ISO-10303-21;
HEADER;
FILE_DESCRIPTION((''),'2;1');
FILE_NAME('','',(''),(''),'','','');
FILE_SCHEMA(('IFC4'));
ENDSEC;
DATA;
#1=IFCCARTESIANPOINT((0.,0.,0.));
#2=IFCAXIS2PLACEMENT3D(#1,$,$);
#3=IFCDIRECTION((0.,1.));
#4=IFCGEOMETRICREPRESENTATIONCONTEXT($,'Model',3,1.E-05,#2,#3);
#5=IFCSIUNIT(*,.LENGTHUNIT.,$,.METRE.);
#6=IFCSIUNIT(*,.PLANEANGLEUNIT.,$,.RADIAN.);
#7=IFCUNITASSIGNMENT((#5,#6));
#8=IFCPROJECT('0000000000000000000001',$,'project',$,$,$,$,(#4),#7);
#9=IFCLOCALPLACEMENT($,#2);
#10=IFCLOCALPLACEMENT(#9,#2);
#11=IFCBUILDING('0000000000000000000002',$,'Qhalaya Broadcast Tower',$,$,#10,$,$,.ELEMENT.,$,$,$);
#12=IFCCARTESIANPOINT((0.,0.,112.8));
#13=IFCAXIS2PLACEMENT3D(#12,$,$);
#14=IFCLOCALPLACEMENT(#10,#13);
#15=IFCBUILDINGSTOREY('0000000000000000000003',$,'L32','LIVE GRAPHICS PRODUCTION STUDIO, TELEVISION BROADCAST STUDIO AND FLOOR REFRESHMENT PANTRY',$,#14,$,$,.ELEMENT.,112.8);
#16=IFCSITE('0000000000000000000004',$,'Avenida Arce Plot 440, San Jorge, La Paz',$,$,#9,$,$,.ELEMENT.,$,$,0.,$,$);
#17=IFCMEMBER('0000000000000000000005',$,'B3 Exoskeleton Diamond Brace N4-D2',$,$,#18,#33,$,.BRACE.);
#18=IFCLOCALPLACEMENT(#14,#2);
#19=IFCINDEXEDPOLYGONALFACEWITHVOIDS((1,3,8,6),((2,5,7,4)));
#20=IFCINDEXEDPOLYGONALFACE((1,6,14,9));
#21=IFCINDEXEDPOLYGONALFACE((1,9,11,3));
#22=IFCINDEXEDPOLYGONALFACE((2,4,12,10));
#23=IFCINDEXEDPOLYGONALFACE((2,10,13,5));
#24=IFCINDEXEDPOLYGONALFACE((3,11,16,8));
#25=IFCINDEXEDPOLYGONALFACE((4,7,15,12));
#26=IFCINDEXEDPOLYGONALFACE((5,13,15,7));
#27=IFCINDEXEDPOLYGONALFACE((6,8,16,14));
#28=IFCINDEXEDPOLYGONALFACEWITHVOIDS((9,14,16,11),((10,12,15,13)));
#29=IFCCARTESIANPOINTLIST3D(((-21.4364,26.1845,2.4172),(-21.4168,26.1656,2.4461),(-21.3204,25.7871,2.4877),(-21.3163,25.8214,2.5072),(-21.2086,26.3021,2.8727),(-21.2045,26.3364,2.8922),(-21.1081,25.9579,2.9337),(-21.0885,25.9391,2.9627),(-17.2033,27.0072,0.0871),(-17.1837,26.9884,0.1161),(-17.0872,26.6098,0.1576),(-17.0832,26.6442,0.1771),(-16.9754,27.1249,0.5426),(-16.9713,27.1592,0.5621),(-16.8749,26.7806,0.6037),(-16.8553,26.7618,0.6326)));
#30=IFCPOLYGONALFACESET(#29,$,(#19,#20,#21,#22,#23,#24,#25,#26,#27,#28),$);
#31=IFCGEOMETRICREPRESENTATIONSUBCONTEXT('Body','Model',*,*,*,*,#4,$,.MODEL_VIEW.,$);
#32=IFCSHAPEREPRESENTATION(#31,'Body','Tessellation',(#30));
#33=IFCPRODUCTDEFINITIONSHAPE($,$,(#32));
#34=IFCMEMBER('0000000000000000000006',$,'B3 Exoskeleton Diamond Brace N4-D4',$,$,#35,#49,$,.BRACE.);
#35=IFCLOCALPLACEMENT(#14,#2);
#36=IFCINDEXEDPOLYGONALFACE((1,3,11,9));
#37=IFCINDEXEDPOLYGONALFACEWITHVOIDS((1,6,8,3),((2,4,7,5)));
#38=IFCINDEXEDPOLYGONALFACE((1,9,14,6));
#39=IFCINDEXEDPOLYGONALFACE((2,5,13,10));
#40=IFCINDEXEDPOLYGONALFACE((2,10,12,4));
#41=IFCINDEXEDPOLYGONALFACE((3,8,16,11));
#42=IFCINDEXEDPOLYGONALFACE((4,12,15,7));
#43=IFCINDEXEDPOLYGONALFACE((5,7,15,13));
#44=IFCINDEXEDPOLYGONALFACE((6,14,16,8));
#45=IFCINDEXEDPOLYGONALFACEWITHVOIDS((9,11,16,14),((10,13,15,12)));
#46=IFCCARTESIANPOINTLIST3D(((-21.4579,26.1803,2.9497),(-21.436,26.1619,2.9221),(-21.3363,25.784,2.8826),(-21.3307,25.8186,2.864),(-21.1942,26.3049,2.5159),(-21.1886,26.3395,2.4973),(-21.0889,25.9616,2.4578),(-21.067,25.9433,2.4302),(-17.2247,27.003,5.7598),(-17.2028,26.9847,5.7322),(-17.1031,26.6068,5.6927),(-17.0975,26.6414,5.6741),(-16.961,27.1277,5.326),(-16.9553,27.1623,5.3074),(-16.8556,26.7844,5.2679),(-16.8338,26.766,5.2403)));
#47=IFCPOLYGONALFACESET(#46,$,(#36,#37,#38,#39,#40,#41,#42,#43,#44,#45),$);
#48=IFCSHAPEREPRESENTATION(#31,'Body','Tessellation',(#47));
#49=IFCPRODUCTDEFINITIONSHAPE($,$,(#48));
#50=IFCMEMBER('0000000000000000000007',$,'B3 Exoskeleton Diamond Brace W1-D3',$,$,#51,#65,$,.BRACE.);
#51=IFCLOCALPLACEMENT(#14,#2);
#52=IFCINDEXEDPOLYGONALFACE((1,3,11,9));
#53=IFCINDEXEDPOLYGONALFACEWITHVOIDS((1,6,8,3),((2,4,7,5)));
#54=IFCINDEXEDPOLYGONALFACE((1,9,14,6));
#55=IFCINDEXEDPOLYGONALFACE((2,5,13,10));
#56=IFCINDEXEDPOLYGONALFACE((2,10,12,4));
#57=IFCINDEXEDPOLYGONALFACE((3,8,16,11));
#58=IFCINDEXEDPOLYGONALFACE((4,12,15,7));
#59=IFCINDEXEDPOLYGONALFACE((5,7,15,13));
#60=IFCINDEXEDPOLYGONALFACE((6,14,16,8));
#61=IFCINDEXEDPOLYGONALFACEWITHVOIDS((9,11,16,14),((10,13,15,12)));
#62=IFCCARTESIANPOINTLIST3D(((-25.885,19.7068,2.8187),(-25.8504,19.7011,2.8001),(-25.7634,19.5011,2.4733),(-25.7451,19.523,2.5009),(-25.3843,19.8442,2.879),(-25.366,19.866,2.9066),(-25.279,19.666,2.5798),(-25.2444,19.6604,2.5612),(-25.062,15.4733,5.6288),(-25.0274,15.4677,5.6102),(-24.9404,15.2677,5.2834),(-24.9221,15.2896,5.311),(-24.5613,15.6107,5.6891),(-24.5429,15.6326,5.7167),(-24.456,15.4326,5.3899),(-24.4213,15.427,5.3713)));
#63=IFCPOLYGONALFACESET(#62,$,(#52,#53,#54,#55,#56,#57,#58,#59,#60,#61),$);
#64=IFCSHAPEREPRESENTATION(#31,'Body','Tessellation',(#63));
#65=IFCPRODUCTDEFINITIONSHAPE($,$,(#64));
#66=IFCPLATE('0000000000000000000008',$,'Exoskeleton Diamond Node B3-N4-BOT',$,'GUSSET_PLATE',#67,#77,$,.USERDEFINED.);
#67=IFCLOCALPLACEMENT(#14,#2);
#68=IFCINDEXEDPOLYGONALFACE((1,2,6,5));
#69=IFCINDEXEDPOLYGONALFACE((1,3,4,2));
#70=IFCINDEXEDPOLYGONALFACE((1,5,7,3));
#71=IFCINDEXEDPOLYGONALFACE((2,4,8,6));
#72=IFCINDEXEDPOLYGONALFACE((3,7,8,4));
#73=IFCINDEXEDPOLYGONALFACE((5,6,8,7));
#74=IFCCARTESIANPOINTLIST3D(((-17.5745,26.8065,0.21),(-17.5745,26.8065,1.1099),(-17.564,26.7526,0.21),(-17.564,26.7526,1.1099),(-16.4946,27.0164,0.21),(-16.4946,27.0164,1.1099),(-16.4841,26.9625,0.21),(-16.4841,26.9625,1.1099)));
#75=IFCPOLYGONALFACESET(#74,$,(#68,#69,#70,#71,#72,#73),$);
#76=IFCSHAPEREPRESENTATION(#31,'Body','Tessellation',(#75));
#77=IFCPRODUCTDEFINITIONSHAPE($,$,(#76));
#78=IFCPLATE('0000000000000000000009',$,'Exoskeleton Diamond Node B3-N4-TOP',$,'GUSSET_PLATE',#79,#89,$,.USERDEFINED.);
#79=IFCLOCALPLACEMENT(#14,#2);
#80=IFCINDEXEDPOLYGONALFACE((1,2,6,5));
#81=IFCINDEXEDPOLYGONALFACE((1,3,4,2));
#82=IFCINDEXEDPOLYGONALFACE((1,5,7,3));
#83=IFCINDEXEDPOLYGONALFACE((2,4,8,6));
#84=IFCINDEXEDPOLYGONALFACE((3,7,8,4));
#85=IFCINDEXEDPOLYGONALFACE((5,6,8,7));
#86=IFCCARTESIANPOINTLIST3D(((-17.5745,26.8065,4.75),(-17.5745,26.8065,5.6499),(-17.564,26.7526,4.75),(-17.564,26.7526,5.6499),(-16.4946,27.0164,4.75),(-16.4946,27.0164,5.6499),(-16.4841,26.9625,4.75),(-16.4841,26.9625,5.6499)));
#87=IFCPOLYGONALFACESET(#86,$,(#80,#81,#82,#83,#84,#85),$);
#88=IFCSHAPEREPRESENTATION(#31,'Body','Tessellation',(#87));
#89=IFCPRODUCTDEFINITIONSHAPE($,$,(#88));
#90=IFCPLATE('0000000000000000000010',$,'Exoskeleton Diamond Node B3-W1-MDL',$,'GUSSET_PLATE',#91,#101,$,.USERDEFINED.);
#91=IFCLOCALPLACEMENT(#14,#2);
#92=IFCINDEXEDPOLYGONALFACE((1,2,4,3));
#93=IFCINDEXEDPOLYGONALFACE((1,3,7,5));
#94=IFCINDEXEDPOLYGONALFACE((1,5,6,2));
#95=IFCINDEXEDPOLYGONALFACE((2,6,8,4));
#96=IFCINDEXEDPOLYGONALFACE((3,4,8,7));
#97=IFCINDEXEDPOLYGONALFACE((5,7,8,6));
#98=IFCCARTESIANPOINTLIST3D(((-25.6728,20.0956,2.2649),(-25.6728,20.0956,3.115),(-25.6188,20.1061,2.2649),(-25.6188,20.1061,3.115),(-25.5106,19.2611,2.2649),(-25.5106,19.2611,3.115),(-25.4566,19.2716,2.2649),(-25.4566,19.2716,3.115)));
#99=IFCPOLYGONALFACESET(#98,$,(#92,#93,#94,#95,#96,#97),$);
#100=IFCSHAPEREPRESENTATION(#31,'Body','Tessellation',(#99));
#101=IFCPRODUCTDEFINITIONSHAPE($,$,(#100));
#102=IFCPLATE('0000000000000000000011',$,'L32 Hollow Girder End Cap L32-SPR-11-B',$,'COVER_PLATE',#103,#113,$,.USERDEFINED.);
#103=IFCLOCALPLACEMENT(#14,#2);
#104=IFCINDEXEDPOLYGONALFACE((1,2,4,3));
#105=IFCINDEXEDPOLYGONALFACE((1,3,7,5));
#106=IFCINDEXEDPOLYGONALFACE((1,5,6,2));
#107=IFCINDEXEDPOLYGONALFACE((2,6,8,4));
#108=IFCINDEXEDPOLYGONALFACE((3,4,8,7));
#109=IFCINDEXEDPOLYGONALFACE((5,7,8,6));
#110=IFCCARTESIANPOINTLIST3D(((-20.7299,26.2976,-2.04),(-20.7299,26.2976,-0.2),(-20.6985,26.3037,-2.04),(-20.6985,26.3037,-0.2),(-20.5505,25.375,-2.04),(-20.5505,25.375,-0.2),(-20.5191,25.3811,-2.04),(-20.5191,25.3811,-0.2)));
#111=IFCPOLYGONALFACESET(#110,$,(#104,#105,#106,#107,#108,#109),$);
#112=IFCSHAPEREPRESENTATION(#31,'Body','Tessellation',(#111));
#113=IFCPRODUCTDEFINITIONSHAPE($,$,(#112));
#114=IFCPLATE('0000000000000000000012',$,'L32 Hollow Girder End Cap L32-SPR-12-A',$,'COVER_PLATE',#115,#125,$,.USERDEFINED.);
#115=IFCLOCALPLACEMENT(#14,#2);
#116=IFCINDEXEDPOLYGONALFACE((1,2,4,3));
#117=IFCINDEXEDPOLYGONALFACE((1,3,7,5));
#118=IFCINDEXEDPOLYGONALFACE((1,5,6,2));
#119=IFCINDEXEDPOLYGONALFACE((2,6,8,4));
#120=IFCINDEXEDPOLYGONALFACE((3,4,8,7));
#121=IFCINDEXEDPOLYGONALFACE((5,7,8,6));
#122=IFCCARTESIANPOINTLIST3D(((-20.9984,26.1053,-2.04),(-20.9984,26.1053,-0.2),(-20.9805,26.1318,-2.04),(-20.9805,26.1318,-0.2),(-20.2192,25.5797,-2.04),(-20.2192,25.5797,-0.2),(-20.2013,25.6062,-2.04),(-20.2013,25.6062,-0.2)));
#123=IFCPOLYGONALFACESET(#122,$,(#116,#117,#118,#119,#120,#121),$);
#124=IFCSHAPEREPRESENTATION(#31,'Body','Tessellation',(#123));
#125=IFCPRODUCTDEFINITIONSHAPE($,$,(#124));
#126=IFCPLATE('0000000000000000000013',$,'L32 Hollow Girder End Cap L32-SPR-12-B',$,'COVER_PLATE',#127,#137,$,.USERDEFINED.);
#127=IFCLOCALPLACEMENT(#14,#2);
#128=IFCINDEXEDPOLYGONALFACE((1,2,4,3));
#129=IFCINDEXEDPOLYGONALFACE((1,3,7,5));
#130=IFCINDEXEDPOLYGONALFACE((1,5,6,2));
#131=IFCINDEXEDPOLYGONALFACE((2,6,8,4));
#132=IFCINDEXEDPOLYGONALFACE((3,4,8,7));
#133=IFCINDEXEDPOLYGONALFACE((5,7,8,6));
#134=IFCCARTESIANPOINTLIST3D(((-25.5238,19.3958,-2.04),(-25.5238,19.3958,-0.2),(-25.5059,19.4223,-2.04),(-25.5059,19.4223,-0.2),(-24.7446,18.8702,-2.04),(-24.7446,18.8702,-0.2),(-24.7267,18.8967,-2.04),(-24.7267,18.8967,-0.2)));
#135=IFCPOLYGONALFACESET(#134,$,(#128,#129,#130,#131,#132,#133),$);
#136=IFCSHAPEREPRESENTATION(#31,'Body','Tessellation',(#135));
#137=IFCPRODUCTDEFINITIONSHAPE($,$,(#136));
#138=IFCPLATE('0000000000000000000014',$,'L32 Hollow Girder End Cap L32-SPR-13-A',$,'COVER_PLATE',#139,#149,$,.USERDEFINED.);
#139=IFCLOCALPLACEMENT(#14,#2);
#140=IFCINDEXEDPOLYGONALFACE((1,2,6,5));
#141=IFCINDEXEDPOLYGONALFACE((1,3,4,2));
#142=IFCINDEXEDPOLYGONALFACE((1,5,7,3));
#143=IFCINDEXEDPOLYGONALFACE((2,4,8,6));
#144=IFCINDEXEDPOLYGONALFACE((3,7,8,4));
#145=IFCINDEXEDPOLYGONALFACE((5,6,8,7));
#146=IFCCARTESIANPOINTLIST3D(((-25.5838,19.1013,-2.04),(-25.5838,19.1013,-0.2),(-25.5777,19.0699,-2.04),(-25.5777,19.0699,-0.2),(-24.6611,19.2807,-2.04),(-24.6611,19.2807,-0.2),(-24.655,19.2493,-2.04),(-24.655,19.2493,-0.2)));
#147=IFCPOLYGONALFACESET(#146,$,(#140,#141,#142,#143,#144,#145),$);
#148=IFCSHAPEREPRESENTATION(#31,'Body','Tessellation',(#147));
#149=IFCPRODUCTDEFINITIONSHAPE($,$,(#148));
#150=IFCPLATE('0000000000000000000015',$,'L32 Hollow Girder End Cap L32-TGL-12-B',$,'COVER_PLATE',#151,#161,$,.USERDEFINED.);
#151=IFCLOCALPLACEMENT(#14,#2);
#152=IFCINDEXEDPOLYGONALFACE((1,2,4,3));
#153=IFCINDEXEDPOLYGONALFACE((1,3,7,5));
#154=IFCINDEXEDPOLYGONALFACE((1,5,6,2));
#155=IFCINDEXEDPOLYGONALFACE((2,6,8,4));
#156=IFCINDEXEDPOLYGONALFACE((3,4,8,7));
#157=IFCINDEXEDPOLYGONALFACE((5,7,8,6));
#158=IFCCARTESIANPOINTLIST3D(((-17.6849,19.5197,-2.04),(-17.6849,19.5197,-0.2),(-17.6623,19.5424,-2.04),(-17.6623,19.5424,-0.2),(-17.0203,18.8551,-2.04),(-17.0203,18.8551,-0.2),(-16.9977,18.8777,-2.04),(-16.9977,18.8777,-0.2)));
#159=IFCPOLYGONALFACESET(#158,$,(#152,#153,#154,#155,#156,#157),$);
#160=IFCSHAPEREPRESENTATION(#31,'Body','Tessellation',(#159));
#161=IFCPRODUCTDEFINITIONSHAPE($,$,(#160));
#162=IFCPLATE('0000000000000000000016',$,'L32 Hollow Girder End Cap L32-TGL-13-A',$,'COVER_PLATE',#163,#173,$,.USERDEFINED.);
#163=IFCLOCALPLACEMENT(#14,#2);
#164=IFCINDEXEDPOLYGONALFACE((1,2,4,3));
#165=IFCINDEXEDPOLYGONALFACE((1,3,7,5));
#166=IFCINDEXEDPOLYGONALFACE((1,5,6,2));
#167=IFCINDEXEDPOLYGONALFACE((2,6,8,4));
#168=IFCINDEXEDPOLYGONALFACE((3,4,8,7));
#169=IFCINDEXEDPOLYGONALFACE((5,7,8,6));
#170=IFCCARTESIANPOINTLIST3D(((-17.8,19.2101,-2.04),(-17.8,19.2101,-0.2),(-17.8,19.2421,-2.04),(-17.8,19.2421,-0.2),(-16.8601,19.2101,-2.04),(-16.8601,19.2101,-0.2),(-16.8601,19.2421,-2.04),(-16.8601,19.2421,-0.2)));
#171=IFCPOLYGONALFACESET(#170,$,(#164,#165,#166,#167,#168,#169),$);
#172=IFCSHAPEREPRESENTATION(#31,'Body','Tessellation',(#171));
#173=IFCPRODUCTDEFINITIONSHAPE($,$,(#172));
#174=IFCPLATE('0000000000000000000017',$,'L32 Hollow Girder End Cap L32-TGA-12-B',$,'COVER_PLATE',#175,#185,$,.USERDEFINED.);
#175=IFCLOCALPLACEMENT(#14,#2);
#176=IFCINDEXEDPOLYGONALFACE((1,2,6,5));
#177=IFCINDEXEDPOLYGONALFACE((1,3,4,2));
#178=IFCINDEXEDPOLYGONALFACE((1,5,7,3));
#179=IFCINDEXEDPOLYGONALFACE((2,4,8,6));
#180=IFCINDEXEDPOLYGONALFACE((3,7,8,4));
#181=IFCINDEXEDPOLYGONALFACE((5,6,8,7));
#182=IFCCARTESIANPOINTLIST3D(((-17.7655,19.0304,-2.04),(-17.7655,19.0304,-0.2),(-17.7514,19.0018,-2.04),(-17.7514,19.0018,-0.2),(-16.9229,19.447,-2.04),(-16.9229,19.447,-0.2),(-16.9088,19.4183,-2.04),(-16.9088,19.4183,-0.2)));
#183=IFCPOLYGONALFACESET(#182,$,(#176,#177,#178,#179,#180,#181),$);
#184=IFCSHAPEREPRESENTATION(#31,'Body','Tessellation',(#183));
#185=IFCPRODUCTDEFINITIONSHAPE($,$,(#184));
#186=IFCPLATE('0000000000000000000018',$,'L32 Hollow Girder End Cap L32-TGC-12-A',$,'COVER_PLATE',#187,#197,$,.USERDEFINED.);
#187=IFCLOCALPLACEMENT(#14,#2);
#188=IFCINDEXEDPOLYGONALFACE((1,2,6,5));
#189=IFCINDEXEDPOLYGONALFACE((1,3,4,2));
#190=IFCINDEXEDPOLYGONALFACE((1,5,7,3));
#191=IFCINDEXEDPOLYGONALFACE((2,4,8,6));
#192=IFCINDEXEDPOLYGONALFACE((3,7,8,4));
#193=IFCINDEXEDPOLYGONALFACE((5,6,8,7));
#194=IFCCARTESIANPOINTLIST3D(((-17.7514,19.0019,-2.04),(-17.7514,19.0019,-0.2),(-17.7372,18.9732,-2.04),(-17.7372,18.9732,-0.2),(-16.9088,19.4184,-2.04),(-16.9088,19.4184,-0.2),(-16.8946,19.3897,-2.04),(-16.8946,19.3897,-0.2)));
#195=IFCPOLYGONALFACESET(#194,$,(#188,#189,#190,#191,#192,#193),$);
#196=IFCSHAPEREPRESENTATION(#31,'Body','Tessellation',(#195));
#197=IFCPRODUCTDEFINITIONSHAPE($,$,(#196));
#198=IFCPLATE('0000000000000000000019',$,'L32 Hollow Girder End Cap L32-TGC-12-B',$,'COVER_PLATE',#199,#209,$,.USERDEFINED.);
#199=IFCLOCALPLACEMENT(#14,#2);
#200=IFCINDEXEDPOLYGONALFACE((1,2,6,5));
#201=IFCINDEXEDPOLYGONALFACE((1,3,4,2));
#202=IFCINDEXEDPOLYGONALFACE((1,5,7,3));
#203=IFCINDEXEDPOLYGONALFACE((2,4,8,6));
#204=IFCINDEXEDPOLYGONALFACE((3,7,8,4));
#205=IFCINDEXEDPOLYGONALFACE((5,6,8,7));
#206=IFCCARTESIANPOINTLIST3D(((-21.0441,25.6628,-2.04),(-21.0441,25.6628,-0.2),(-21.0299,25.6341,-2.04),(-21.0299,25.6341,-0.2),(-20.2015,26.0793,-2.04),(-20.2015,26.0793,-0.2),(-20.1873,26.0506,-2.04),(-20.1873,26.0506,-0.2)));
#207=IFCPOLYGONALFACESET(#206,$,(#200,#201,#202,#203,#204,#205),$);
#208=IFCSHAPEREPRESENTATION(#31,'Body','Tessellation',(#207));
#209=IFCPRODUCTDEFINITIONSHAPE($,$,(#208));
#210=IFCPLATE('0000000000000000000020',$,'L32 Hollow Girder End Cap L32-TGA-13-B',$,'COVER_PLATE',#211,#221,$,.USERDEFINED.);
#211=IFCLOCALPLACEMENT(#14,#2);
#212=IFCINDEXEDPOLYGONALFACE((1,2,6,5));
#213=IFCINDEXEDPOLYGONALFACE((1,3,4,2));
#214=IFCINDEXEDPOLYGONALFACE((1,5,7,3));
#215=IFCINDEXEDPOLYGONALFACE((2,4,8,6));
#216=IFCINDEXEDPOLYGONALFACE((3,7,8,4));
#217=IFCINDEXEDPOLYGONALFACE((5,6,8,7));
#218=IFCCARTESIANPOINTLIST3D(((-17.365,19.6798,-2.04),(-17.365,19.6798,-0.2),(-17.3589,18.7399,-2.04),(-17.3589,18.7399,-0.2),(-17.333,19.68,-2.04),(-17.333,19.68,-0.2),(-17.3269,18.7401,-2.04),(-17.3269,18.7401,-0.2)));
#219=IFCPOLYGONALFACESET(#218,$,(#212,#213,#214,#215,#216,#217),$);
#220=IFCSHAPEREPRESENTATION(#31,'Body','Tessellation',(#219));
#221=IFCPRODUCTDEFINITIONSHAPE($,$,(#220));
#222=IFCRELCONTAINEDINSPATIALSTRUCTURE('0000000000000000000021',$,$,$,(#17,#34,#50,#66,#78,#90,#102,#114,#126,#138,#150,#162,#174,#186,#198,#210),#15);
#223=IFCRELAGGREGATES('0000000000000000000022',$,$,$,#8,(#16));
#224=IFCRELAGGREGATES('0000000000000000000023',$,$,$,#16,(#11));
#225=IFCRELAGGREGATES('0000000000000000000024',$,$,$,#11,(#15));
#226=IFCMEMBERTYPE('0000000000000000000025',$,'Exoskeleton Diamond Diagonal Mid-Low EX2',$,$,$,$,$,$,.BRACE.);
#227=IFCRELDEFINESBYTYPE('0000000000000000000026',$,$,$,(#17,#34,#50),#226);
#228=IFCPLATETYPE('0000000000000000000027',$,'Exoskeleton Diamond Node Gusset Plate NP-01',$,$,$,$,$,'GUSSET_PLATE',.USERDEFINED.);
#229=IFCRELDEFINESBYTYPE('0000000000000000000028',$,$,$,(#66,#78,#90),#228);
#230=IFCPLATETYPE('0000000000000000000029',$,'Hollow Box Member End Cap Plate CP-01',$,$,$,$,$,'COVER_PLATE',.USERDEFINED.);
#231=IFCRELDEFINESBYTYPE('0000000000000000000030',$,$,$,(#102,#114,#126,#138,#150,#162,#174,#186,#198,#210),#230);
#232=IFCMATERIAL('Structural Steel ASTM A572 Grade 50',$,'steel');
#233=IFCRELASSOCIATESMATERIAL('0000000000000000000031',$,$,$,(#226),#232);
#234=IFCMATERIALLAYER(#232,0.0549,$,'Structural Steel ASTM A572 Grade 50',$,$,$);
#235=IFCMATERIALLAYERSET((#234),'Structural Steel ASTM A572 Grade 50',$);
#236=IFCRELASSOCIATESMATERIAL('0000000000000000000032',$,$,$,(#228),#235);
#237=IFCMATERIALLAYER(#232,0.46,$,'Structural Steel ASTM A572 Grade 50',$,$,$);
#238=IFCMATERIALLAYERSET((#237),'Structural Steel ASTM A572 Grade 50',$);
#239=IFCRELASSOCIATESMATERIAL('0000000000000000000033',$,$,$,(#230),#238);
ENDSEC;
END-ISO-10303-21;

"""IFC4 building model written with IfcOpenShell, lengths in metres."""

from ifc_helpers import new_model, si_unit, direction, frame, origin, origin_2d, place, context, subcontext, project, spatial, rectangle, hollow_rectangle, extrude, material, layer, layer_set, material_profile, profile_set, type_object, element, save


model = new_model("IFC4")

# Units and contexts
model_context = context("Model", 3, precision=1e-05, world=origin(), true_north=direction((0.0, 1.0)))
body_context = subcontext(model_context, "Body", "Model", "MODEL_VIEW")
ifc_project = project(units=[si_unit("LENGTHUNIT", "METRE"), si_unit("PLANEANGLEUNIT", "RADIAN")], contexts=[model_context])

# Site, building, storey
site_placement = place(None, origin())
site = spatial("IfcSite", under=ifc_project, at=site_placement, Name="Avenida Arce Plot 440, San Jorge, La Paz", CompositionType="ELEMENT", RefElevation=0.0)
building_placement = place(site_placement, origin())
building = spatial("IfcBuilding", under=site, at=building_placement, Name="Qhalaya Broadcast Tower", CompositionType="ELEMENT")
storey_placement = place(building_placement, frame((0.0, 0.0, 112.8)))
storey = spatial("IfcBuildingStorey", under=building, at=storey_placement, Name="L32", Description="LIVE GRAPHICS PRODUCTION STUDIO, TELEVISION BROADCAST STUDIO AND FLOOR REFRESHMENT PANTRY", CompositionType="ELEMENT", Elevation=112.8)

# Shared definitions
ifc_material_1 = material(Name="Structural Steel ASTM A572 Grade 50", Category="steel")

# Members
ifc_material_profile_1 = material_profile(ifc_material_1, hollow_rectangle(XDim=0.4199, YDim=0.55, WallThickness=0.0281, at=origin_2d()), Name="BOX 420x550x28")
ifc_profile_set_1 = profile_set([ifc_material_profile_1], Name="Structural Steel ASTM A572 Grade 50")
member_type = type_object("IfcMemberType", Name="Exoskeleton Diamond Diagonal Mid-Low EX2", PredefinedType="BRACE", material=ifc_profile_set_1)
member_1_placement = place(storey_placement, frame((-17.0293, 26.8845, 0.3599), z_axis=(-0.863625, -0.167854, 0.47537), x_axis=(0.276323, -0.94629, 0.167871)))
element("IfcMember", 1, at=member_1_placement, inside=storey, type_object=member_type, Name="B3 Exoskeleton Diamond Brace N4-D2", PredefinedType="BRACE", context=body_context, shape_type="SweptSolid", body=[
    extrude(hollow_rectangle(XDim=0.4199, YDim=0.55, WallThickness=0.0281, at=origin_2d()), origin(), (0.0, 0.0, 1.0), 4.9016),
])
member_2_placement = place(storey_placement, frame((-21.2625, 26.0618, 2.6899), z_axis=(0.82243, 0.159847, 0.545947), x_axis=(-0.289542, 0.943721, 0.159864)))
element("IfcMember", 2, at=member_2_placement, inside=storey, type_object=member_type, Name="B3 Exoskeleton Diamond Brace N4-D4", PredefinedType="BRACE", context=body_context, shape_type="SweptSolid", body=[
    extrude(hollow_rectangle(XDim=0.4199, YDim=0.55, WallThickness=0.0281, at=origin_2d()), origin(), (0.0, 0.0, 1.0), 5.1472),
])
member_3_placement = place(storey_placement, frame((-25.5647, 19.6836, 2.6899), z_axis=(0.159887, -0.822439, 0.545921), x_axis=(-0.289568, 0.48963, 0.822443)))
element("IfcMember", 3, at=member_3_placement, inside=storey, type_object=member_type, Name="B3 Exoskeleton Diamond Brace W1-D3", PredefinedType="BRACE", context=body_context, shape_type="SweptSolid", body=[
    extrude(hollow_rectangle(XDim=0.4199, YDim=0.55, WallThickness=0.0281, at=origin_2d()), origin(), (0.0, 0.0, 1.0), 5.1475),
])

# Plates
ifc_layer_1 = layer(ifc_material_1, 0.0549, Name="Structural Steel ASTM A572 Grade 50")
ifc_layer_set_1 = layer_set([ifc_layer_1], Name="Structural Steel ASTM A572 Grade 50")
plate_type_1 = type_object("IfcPlateType", Name="Exoskeleton Diamond Node Gusset Plate NP-01", ElementType="GUSSET_PLATE", PredefinedType="USERDEFINED", material=ifc_layer_set_1)
for number, where, z_axis, x_axis, name in (
    (4, (-17.0293, 26.8845, 0.21), (0.0, 0.0, 1.0), (0.981627, 0.190809, 0.0), "Exoskeleton Diamond Node B3-N4-BOT"),
    (5, (-17.0293, 26.8845, 4.75), (0.0, 0.0, 1.0), (0.981627, 0.190809, 0.0), "Exoskeleton Diamond Node B3-N4-TOP"),
):
    element("IfcPlate", number, at=place(storey_placement, frame(where, z_axis=z_axis, x_axis=x_axis)), inside=storey, type_object=plate_type_1, Name=name, ObjectType="GUSSET_PLATE", PredefinedType="USERDEFINED", context=body_context, shape_type="SweptSolid", body=[
        extrude(rectangle(XDim=1.1001, YDim=0.0549, at=origin_2d()), origin(), (0.0, 0.0, 1.0), 0.8999),
    ])
plate_1_placement = place(storey_placement, frame((-25.5647, 19.6836, 2.2649), z_axis=(0.0, 0.0, 1.0), x_axis=(-0.190809, 0.981627, 0.0)))
element("IfcPlate", 6, at=plate_1_placement, inside=storey, type_object=plate_type_1, Name="Exoskeleton Diamond Node B3-W1-MDL", ObjectType="GUSSET_PLATE", PredefinedType="USERDEFINED", context=body_context, shape_type="SweptSolid", body=[
    extrude(rectangle(XDim=0.8501, YDim=0.0549, at=origin_2d()), origin(), (0.0, 0.0, 1.0), 0.8501),
])
ifc_layer_2 = layer(ifc_material_1, 0.46, Name="Structural Steel ASTM A572 Grade 50")
ifc_layer_set_2 = layer_set([ifc_layer_2], Name="Structural Steel ASTM A572 Grade 50")
plate_type_2 = type_object("IfcPlateType", Name="Hollow Box Member End Cap Plate CP-01", ElementType="COVER_PLATE", PredefinedType="USERDEFINED", material=ifc_layer_set_2)
for number, where, z_axis, x_axis, name in (
    (7, (-20.6245, 25.8394, -2.04), (0.0, 0.0, 1.0), (0.190809, -0.981627, 0.0), "L32 Hollow Girder End Cap L32-SPR-11-B"),
    (8, (-20.5999, 25.8557, -2.04), (0.0, 0.0, 1.0), (0.829038, -0.559193, 0.0), "L32 Hollow Girder End Cap L32-SPR-12-A"),
    (9, (-25.1252, 19.1462, -2.04), (0.0, 0.0, 1.0), (0.829038, -0.559193, 0.0), "L32 Hollow Girder End Cap L32-SPR-12-B"),
    (10, (-25.1194, 19.1753, -2.04), (0.0, 0.0, 1.0), (0.981627, 0.190809, 0.0), "L32 Hollow Girder End Cap L32-SPR-13-A"),
    (11, (-17.3413, 19.1987, -2.04), (0.0, 0.0, 1.0), (0.707107, -0.707107, 0.0), "L32 Hollow Girder End Cap L32-TGL-12-B"),
    (12, (-17.3301, 19.2261, -2.04), (0.0, 0.0, 1.0), (1.0, 0.0, 0.0), "L32 Hollow Girder End Cap L32-TGL-13-A"),
    (13, (-17.3372, 19.2244, -2.04), (0.0, 0.0, 1.0), (-0.896448, -0.443149, 0.0), "L32 Hollow Girder End Cap L32-TGA-12-B"),
    (14, (-17.323, 19.1958, -2.04), (0.0, 0.0, 1.0), (-0.896448, -0.443149, 0.0), "L32 Hollow Girder End Cap L32-TGC-12-A"),
    (15, (-20.6157, 25.8567, -2.04), (0.0, 0.0, 1.0), (-0.896448, -0.443149, 0.0), "L32 Hollow Girder End Cap L32-TGC-12-B"),
    (16, (-17.3459, 19.21, -2.04), (0.0, 0.0, 1.0), (0.006493, -0.999979, 0.0), "L32 Hollow Girder End Cap L32-TGA-13-B"),
):
    element("IfcPlate", number, at=place(storey_placement, frame(where, z_axis=z_axis, x_axis=x_axis)), inside=storey, type_object=plate_type_2, Name=name, ObjectType="COVER_PLATE", PredefinedType="USERDEFINED", context=body_context, shape_type="SweptSolid", body=[
        extrude(rectangle(XDim=0.9399, YDim=0.032, at=origin_2d()), origin(), (0.0, 0.0, 1.0), 1.8401),
    ])

save(model, "model.ifc")
